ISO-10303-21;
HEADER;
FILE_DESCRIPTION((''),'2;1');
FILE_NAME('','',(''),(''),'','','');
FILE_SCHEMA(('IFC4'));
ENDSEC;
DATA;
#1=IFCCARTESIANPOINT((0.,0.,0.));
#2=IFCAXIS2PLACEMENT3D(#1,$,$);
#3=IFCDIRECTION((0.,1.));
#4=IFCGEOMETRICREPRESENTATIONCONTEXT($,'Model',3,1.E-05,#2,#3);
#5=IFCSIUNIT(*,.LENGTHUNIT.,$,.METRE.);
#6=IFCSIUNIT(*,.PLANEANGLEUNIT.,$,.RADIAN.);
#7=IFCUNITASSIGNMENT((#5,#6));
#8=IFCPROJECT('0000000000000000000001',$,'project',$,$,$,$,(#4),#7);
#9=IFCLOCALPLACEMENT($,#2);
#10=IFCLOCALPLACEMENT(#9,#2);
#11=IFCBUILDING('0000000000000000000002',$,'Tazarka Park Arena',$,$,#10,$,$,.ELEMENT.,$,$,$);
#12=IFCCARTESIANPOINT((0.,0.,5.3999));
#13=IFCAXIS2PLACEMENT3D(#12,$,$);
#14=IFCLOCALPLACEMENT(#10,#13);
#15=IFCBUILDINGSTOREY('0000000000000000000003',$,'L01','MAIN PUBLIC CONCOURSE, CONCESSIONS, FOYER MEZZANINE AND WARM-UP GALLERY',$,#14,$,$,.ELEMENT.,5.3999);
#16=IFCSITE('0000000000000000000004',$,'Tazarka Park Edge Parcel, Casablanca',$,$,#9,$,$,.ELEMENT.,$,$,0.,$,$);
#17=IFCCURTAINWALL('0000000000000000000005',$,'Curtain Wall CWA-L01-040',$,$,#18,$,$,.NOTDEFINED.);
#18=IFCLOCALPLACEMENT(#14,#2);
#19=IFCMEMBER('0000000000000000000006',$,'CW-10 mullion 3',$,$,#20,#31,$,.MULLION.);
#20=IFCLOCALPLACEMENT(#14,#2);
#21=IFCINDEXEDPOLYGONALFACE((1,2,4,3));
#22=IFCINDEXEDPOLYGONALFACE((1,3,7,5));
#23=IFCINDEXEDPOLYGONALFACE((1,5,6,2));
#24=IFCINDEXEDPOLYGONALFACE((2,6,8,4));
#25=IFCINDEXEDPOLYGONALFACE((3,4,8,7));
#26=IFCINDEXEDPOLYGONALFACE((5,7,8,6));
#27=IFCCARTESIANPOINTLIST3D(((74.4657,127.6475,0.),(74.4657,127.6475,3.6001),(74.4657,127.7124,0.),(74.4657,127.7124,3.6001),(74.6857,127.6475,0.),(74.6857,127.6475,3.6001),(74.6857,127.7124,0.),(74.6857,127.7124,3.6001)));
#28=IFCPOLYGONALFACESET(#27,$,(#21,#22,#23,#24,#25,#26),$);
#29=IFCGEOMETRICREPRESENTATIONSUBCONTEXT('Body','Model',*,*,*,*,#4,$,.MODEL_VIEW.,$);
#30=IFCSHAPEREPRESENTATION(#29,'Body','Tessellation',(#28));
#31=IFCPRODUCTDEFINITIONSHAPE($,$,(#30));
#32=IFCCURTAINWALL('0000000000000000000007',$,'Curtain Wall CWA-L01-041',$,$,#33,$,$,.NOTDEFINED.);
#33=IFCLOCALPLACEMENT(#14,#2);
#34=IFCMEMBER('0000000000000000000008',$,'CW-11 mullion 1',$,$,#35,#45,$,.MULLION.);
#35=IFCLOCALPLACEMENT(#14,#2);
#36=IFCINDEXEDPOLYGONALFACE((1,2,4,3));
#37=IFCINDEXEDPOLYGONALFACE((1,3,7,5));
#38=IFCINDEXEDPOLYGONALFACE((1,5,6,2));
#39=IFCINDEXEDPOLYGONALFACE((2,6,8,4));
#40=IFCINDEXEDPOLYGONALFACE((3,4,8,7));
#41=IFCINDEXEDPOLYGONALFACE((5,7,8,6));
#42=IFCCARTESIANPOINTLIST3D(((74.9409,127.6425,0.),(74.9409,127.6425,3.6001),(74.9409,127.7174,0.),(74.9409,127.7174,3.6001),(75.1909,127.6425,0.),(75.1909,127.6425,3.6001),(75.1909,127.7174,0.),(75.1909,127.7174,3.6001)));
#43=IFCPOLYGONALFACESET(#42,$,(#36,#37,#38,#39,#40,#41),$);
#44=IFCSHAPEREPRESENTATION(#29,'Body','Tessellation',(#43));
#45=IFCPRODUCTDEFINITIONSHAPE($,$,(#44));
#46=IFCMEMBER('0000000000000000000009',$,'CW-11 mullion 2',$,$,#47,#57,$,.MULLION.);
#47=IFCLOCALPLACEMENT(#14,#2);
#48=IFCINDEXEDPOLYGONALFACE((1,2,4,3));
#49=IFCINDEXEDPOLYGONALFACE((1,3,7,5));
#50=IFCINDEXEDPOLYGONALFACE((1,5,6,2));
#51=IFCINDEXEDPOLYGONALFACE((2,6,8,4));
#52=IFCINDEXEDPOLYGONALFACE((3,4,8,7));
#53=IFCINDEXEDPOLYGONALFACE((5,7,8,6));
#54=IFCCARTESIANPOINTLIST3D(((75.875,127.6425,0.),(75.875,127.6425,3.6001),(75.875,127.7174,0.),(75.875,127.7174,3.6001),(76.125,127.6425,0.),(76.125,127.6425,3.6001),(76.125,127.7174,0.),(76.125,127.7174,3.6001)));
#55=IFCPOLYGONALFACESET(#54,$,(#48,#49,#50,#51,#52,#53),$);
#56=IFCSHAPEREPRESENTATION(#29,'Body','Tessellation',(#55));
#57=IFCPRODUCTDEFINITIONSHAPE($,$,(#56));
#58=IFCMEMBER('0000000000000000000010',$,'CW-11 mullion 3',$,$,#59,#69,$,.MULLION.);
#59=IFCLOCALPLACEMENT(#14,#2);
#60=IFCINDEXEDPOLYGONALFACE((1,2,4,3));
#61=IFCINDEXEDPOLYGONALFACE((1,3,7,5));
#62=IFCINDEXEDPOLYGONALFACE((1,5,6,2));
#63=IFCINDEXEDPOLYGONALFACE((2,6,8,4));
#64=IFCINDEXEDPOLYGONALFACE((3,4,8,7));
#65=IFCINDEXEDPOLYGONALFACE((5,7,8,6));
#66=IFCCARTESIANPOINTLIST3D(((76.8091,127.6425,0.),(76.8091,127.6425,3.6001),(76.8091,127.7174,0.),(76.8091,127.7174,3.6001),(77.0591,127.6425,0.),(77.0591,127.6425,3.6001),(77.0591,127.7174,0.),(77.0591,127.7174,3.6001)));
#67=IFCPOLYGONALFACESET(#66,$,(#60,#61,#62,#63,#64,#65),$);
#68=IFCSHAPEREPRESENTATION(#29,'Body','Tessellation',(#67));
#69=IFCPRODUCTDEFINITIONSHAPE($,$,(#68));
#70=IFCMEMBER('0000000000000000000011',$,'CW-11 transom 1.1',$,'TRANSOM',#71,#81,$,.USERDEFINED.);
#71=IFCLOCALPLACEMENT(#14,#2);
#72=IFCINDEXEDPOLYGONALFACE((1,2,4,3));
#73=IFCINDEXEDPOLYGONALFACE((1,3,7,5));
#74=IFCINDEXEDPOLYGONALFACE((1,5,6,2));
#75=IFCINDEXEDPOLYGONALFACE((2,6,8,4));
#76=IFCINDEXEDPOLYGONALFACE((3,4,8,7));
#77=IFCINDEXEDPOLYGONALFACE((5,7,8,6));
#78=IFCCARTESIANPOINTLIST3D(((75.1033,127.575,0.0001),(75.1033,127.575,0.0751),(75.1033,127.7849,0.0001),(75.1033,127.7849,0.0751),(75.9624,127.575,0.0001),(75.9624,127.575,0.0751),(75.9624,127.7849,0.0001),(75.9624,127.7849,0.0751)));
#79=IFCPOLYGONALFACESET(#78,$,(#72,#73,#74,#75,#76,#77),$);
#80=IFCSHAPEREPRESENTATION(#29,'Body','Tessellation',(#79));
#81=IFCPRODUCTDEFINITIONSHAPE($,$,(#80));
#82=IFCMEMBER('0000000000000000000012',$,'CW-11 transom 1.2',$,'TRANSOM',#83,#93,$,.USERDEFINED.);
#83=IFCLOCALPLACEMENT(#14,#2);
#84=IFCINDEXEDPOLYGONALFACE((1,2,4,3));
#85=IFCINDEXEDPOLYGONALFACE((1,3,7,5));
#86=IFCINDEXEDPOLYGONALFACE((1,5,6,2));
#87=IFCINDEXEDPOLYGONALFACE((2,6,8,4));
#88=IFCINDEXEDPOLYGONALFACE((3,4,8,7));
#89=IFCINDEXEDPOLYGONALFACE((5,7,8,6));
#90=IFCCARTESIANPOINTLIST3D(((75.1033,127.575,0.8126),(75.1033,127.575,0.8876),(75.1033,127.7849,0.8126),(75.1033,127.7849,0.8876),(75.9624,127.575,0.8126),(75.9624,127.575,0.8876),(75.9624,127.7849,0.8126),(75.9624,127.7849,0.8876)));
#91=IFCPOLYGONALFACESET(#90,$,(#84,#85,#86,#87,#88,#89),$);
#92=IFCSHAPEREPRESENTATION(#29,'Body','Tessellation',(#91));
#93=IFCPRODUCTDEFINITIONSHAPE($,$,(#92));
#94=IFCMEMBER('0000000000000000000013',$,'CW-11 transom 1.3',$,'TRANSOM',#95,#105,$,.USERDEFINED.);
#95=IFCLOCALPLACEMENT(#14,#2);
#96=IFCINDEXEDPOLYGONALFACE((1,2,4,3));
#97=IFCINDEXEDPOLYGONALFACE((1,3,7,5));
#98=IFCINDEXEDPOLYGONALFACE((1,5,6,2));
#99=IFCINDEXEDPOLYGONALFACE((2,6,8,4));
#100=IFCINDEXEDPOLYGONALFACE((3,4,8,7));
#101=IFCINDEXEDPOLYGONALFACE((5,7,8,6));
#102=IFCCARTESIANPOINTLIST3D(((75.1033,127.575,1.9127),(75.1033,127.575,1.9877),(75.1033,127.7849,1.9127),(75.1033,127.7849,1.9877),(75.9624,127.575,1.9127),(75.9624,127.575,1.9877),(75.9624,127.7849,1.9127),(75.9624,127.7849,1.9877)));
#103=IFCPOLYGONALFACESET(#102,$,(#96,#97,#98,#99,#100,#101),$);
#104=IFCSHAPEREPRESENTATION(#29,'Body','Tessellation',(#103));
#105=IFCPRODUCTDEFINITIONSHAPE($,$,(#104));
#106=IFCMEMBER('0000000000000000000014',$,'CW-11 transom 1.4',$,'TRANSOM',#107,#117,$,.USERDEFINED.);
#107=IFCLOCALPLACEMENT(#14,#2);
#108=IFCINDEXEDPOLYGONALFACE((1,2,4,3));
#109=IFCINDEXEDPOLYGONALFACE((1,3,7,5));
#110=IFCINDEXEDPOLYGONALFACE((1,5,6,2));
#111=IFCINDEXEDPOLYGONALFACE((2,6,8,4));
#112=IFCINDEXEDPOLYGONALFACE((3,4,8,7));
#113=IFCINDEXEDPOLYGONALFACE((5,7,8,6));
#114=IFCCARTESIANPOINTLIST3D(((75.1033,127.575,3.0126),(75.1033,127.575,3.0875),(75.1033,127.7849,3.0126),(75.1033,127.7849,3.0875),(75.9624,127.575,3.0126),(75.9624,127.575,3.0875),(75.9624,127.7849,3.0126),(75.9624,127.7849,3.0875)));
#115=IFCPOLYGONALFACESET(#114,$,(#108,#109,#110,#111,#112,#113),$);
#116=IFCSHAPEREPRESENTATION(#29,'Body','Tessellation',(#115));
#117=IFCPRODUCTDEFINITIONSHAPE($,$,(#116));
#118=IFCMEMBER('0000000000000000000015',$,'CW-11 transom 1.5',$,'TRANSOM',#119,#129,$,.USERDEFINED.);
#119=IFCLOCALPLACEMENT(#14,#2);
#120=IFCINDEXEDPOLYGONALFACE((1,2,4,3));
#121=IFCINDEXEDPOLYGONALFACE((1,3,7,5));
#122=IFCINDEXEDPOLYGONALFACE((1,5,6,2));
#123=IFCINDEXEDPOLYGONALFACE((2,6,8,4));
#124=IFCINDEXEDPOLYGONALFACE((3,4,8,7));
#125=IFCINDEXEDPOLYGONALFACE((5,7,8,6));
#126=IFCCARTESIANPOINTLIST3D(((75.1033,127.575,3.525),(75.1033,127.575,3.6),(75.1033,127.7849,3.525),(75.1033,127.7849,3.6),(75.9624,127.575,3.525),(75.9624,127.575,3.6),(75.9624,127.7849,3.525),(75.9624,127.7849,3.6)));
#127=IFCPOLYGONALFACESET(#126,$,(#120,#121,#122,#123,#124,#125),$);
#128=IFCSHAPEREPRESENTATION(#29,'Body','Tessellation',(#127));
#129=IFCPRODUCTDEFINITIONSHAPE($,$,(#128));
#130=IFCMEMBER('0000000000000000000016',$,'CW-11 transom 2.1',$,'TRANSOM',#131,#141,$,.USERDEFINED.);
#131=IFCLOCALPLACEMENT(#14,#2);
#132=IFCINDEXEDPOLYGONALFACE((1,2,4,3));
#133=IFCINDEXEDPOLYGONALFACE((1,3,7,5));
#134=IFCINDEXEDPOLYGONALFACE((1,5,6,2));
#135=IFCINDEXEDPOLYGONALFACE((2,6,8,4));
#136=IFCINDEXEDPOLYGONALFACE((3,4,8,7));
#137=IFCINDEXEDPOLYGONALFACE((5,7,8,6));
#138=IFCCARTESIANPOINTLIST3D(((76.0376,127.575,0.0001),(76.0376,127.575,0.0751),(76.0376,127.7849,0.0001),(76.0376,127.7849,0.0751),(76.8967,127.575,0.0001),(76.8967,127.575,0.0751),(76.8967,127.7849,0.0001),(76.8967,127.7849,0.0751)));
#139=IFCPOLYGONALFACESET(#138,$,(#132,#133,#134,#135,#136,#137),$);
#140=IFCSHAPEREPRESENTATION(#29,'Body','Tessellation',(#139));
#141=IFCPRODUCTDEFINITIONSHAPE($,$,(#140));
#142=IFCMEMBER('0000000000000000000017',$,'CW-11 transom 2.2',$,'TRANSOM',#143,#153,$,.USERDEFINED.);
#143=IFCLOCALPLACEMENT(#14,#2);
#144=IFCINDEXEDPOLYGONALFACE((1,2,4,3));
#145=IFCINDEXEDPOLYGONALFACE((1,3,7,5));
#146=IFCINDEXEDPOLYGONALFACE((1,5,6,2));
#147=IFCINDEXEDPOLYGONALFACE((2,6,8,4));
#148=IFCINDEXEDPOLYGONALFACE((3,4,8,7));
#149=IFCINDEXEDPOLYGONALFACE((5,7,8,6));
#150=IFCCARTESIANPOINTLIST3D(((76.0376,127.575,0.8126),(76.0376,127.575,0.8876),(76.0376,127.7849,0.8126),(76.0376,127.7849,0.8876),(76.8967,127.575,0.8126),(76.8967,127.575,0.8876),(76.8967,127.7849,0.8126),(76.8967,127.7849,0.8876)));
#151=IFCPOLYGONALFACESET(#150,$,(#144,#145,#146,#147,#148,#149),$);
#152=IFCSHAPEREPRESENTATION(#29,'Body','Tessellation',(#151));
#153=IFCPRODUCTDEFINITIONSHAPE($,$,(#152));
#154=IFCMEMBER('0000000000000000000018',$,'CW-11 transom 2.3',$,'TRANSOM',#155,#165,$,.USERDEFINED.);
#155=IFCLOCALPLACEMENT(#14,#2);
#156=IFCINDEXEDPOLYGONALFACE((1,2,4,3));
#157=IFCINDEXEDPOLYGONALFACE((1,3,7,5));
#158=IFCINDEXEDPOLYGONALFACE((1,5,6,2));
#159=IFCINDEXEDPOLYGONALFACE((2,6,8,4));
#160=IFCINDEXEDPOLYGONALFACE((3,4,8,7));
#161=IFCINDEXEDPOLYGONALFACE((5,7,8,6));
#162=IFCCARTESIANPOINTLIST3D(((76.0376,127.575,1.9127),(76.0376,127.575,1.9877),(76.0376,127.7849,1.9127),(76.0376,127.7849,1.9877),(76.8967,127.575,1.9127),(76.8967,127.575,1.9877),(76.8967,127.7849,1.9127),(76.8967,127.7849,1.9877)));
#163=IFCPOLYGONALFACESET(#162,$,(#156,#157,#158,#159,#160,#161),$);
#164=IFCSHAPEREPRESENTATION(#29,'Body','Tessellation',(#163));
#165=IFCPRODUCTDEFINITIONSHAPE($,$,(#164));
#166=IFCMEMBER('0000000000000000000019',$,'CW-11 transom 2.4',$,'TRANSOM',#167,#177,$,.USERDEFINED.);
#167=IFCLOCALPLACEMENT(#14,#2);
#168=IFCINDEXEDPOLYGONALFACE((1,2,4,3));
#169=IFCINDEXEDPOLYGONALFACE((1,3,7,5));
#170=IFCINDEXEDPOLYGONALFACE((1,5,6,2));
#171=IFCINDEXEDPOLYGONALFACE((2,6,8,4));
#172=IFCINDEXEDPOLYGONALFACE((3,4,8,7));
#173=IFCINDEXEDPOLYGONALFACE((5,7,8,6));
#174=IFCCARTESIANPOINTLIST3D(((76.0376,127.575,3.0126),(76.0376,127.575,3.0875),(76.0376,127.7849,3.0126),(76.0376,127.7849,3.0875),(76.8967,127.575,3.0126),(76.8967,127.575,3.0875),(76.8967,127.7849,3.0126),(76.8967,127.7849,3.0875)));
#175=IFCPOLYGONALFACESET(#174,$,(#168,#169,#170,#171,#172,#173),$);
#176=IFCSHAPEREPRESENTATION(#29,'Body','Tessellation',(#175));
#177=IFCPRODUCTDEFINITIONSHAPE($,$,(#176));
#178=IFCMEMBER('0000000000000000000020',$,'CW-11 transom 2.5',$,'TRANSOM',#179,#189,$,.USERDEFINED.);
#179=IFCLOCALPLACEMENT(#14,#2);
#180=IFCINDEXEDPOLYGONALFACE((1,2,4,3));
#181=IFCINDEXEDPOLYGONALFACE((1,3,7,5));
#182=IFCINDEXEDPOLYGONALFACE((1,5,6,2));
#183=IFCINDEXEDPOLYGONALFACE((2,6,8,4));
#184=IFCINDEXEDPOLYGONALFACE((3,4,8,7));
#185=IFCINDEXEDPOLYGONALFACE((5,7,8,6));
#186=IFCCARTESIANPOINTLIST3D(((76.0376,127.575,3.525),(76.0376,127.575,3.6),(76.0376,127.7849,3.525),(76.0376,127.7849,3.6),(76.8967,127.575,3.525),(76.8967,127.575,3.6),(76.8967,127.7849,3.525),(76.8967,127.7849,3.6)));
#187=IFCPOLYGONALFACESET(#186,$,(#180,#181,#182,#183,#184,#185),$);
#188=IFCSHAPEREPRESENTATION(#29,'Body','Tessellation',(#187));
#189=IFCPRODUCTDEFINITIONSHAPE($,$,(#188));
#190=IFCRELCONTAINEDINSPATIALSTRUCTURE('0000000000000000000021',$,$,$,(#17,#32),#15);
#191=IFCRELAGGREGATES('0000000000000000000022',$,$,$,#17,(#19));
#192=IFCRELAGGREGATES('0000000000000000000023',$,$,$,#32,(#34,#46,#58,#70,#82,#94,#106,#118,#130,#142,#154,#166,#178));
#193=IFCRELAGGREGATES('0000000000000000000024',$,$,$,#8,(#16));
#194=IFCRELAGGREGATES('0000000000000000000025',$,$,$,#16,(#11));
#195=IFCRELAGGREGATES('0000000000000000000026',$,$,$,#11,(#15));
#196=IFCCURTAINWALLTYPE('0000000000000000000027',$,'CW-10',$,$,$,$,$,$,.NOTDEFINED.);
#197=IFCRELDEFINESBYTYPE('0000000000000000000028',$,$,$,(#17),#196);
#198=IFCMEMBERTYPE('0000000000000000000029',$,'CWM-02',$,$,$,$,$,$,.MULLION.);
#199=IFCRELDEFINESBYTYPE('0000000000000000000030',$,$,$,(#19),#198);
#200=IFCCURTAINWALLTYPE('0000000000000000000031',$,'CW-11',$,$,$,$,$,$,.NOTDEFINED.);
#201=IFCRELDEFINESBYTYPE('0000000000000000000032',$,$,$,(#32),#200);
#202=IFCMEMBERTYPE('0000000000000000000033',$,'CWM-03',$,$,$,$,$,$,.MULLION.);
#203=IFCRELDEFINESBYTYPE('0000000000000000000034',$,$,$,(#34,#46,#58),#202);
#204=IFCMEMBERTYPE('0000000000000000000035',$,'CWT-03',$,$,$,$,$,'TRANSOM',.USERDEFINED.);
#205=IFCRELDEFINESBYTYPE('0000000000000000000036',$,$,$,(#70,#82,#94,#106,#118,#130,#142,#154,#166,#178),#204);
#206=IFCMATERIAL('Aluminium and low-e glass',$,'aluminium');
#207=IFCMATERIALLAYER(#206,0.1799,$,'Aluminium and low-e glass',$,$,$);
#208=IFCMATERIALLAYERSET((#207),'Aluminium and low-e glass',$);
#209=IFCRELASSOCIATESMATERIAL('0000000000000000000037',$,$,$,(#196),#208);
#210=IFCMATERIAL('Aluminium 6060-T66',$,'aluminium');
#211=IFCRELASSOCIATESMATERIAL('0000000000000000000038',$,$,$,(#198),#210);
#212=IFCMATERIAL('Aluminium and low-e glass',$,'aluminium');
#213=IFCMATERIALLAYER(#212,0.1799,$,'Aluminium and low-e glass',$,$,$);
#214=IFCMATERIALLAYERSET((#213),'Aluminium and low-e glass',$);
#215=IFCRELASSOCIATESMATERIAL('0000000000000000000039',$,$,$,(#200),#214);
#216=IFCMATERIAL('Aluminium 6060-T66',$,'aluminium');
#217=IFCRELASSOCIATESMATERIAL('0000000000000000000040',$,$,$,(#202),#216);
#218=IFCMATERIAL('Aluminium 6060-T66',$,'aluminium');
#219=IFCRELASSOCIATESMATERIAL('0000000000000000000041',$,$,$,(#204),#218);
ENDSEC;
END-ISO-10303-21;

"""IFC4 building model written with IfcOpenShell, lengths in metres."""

from ifc_helpers import new_model, si_unit, direction, frame, origin, origin_2d, place, context, subcontext, project, spatial, rectangle, extrude, material, layer, layer_set, material_profile, profile_set, type_object, element, aggregate, save


model = new_model("IFC4")

# Units and contexts
model_context = context("Model", 3, precision=1e-05, world=origin(), true_north=direction((0.0, 1.0)))
body_context = subcontext(model_context, "Body", "Model", "MODEL_VIEW")
ifc_project = project(units=[si_unit("LENGTHUNIT", "METRE"), si_unit("PLANEANGLEUNIT", "RADIAN")], contexts=[model_context])

# Site, building, storey
site_placement = place(None, origin())
site = spatial("IfcSite", under=ifc_project, at=site_placement, Name="Tazarka Park Edge Parcel, Casablanca", CompositionType="ELEMENT", RefElevation=0.0)
building_placement = place(site_placement, origin())
building = spatial("IfcBuilding", under=site, at=building_placement, Name="Tazarka Park Arena", CompositionType="ELEMENT")
storey_placement = place(building_placement, frame((0.0, 0.0, 5.3999)))
storey = spatial("IfcBuildingStorey", under=building, at=storey_placement, Name="L01", Description="MAIN PUBLIC CONCOURSE, CONCESSIONS, FOYER MEZZANINE AND WARM-UP GALLERY", CompositionType="ELEMENT", Elevation=5.3999)

# Curtain wall, member
ifc_material_1 = material(Name="Aluminium and low-e glass", Category="aluminium")
ifc_layer_1 = layer(ifc_material_1, 0.1799, Name="Aluminium and low-e glass")
ifc_layer_set_1 = layer_set([ifc_layer_1], Name="Aluminium and low-e glass")
curtain_wall_type_1 = type_object("IfcCurtainWallType", Name="CW-10", PredefinedType="NOTDEFINED", material=ifc_layer_set_1)
curtain_wall_1_placement = place(storey_placement, origin())
curtain_wall_1 = element("IfcCurtainWall", 1, at=curtain_wall_1_placement, inside=storey, type_object=curtain_wall_type_1, Name="Curtain Wall CWA-L01-040", PredefinedType="NOTDEFINED")
ifc_material_2 = material(Name="Aluminium 6060-T66", Category="aluminium")
ifc_material_profile_1 = material_profile(ifc_material_2, rectangle(XDim=0.0649, YDim=0.22, at=origin_2d()), Name="Aluminium 6060-T66")
ifc_profile_set_1 = profile_set([ifc_material_profile_1], Name="Aluminium 6060-T66")
member_type_1 = type_object("IfcMemberType", Name="CWM-02", PredefinedType="MULLION", material=ifc_profile_set_1)
member_1_placement = place(storey_placement, frame((74.5757, 127.6799, 0.0), z_axis=(0.0, 0.0, 1.0), x_axis=(0.0, 1.0, 0.0)))
member_1 = element("IfcMember", 2, at=member_1_placement, type_object=member_type_1, Name="CW-10 mullion 3", PredefinedType="MULLION", context=body_context, shape_type="SweptSolid", body=[
    extrude(rectangle(XDim=0.0649, YDim=0.22, at=origin_2d()), origin(), (0.0, 0.0, 1.0), 3.6001),
])

# Curtain wall, members
ifc_material_3 = material(Name="Aluminium and low-e glass", Category="aluminium")
ifc_layer_2 = layer(ifc_material_3, 0.1799, Name="Aluminium and low-e glass")
ifc_layer_set_2 = layer_set([ifc_layer_2], Name="Aluminium and low-e glass")
curtain_wall_type_2 = type_object("IfcCurtainWallType", Name="CW-11", PredefinedType="NOTDEFINED", material=ifc_layer_set_2)
curtain_wall_2_placement = place(storey_placement, origin())
curtain_wall_2 = element("IfcCurtainWall", 3, at=curtain_wall_2_placement, inside=storey, type_object=curtain_wall_type_2, Name="Curtain Wall CWA-L01-041", PredefinedType="NOTDEFINED")
ifc_material_4 = material(Name="Aluminium 6060-T66", Category="aluminium")
ifc_material_profile_2 = material_profile(ifc_material_4, rectangle(XDim=0.075, YDim=0.25, at=origin_2d()), Name="Aluminium 6060-T66")
ifc_profile_set_2 = profile_set([ifc_material_profile_2], Name="Aluminium 6060-T66")
member_type_2 = type_object("IfcMemberType", Name="CWM-03", PredefinedType="MULLION", material=ifc_profile_set_2)
member_2_placement = place(storey_placement, frame((75.0659, 127.6799, 0.0), z_axis=(0.0, 0.0, 1.0), x_axis=(0.0, 1.0, 0.0)))
member_2 = element("IfcMember", 4, at=member_2_placement, type_object=member_type_2, Name="CW-11 mullion 1", PredefinedType="MULLION", context=body_context, shape_type="SweptSolid", body=[
    extrude(rectangle(XDim=0.075, YDim=0.25, at=origin_2d()), origin(), (0.0, 0.0, 1.0), 3.6001),
])
member_3_placement = place(storey_placement, frame((76.0, 127.6799, 0.0), z_axis=(0.0, 0.0, 1.0), x_axis=(0.0, 1.0, 0.0)))
member_3 = element("IfcMember", 5, at=member_3_placement, type_object=member_type_2, Name="CW-11 mullion 2", PredefinedType="MULLION", context=body_context, shape_type="SweptSolid", body=[
    extrude(rectangle(XDim=0.075, YDim=0.25, at=origin_2d()), origin(), (0.0, 0.0, 1.0), 3.6001),
])
member_4_placement = place(storey_placement, frame((76.9341, 127.6799, 0.0), z_axis=(0.0, 0.0, 1.0), x_axis=(0.0, 1.0, 0.0)))
member_4 = element("IfcMember", 6, at=member_4_placement, type_object=member_type_2, Name="CW-11 mullion 3", PredefinedType="MULLION", context=body_context, shape_type="SweptSolid", body=[
    extrude(rectangle(XDim=0.075, YDim=0.25, at=origin_2d()), origin(), (0.0, 0.0, 1.0), 3.6001),
])
ifc_material_5 = material(Name="Aluminium 6060-T66", Category="aluminium")
ifc_material_profile_3 = material_profile(ifc_material_5, rectangle(XDim=0.21, YDim=0.075, at=origin_2d()), Name="Aluminium 6060-T66")
ifc_profile_set_3 = profile_set([ifc_material_profile_3], Name="Aluminium 6060-T66")
member_type_3 = type_object("IfcMemberType", Name="CWT-03", ElementType="TRANSOM", PredefinedType="USERDEFINED", material=ifc_profile_set_3)
member_5_placement = place(storey_placement, frame((75.1033, 127.6799, 0.0376), z_axis=(1.0, 0.0, 0.0), x_axis=(0.0, 1.0, 0.0)))
member_5 = element("IfcMember", 7, at=member_5_placement, type_object=member_type_3, Name="CW-11 transom 1.1", ObjectType="TRANSOM", PredefinedType="USERDEFINED", context=body_context, shape_type="SweptSolid", body=[
    extrude(rectangle(XDim=0.21, YDim=0.075, at=origin_2d()), origin(), (0.0, 0.0, 1.0), 0.8591),
])
member_6_placement = place(storey_placement, frame((75.1033, 127.6799, 0.8501), z_axis=(1.0, 0.0, 0.0), x_axis=(0.0, 1.0, 0.0)))
member_6 = element("IfcMember", 8, at=member_6_placement, type_object=member_type_3, Name="CW-11 transom 1.2", ObjectType="TRANSOM", PredefinedType="USERDEFINED", context=body_context, shape_type="SweptSolid", body=[
    extrude(rectangle(XDim=0.21, YDim=0.075, at=origin_2d()), origin(), (0.0, 0.0, 1.0), 0.8591),
])
member_7_placement = place(storey_placement, frame((75.1033, 127.6799, 1.9502), z_axis=(1.0, 0.0, 0.0), x_axis=(0.0, 1.0, 0.0)))
member_7 = element("IfcMember", 9, at=member_7_placement, type_object=member_type_3, Name="CW-11 transom 1.3", ObjectType="TRANSOM", PredefinedType="USERDEFINED", context=body_context, shape_type="SweptSolid", body=[
    extrude(rectangle(XDim=0.21, YDim=0.075, at=origin_2d()), origin(), (0.0, 0.0, 1.0), 0.8591),
])
member_8_placement = place(storey_placement, frame((75.1033, 127.6799, 3.05), z_axis=(1.0, 0.0, 0.0), x_axis=(0.0, 1.0, 0.0)))
member_8 = element("IfcMember", 10, at=member_8_placement, type_object=member_type_3, Name="CW-11 transom 1.4", ObjectType="TRANSOM", PredefinedType="USERDEFINED", context=body_context, shape_type="SweptSolid", body=[
    extrude(rectangle(XDim=0.21, YDim=0.075, at=origin_2d()), origin(), (0.0, 0.0, 1.0), 0.8591),
])
member_9_placement = place(storey_placement, frame((75.1033, 127.6799, 3.5625), z_axis=(1.0, 0.0, 0.0), x_axis=(0.0, 1.0, 0.0)))
member_9 = element("IfcMember", 11, at=member_9_placement, type_object=member_type_3, Name="CW-11 transom 1.5", ObjectType="TRANSOM", PredefinedType="USERDEFINED", context=body_context, shape_type="SweptSolid", body=[
    extrude(rectangle(XDim=0.21, YDim=0.075, at=origin_2d()), origin(), (0.0, 0.0, 1.0), 0.8591),
])
member_10_placement = place(storey_placement, frame((76.0376, 127.6799, 0.0376), z_axis=(1.0, 0.0, 0.0), x_axis=(0.0, 1.0, 0.0)))
member_10 = element("IfcMember", 12, at=member_10_placement, type_object=member_type_3, Name="CW-11 transom 2.1", ObjectType="TRANSOM", PredefinedType="USERDEFINED", context=body_context, shape_type="SweptSolid", body=[
    extrude(rectangle(XDim=0.21, YDim=0.075, at=origin_2d()), origin(), (0.0, 0.0, 1.0), 0.8591),
])
member_11_placement = place(storey_placement, frame((76.0376, 127.6799, 0.8501), z_axis=(1.0, 0.0, 0.0), x_axis=(0.0, 1.0, 0.0)))
member_11 = element("IfcMember", 13, at=member_11_placement, type_object=member_type_3, Name="CW-11 transom 2.2", ObjectType="TRANSOM", PredefinedType="USERDEFINED", context=body_context, shape_type="SweptSolid", body=[
    extrude(rectangle(XDim=0.21, YDim=0.075, at=origin_2d()), origin(), (0.0, 0.0, 1.0), 0.8591),
])
member_12_placement = place(storey_placement, frame((76.0376, 127.6799, 1.9502), z_axis=(1.0, 0.0, 0.0), x_axis=(0.0, 1.0, 0.0)))
member_12 = element("IfcMember", 14, at=member_12_placement, type_object=member_type_3, Name="CW-11 transom 2.3", ObjectType="TRANSOM", PredefinedType="USERDEFINED", context=body_context, shape_type="SweptSolid", body=[
    extrude(rectangle(XDim=0.21, YDim=0.075, at=origin_2d()), origin(), (0.0, 0.0, 1.0), 0.8591),
])
member_13_placement = place(storey_placement, frame((76.0376, 127.6799, 3.05), z_axis=(1.0, 0.0, 0.0), x_axis=(0.0, 1.0, 0.0)))
member_13 = element("IfcMember", 15, at=member_13_placement, type_object=member_type_3, Name="CW-11 transom 2.4", ObjectType="TRANSOM", PredefinedType="USERDEFINED", context=body_context, shape_type="SweptSolid", body=[
    extrude(rectangle(XDim=0.21, YDim=0.075, at=origin_2d()), origin(), (0.0, 0.0, 1.0), 0.8591),
])
member_14_placement = place(storey_placement, frame((76.0376, 127.6799, 3.5625), z_axis=(1.0, 0.0, 0.0), x_axis=(0.0, 1.0, 0.0)))
member_14 = element("IfcMember", 16, at=member_14_placement, type_object=member_type_3, Name="CW-11 transom 2.5", ObjectType="TRANSOM", PredefinedType="USERDEFINED", context=body_context, shape_type="SweptSolid", body=[
    extrude(rectangle(XDim=0.21, YDim=0.075, at=origin_2d()), origin(), (0.0, 0.0, 1.0), 0.8591),
])

aggregate(curtain_wall_1, [member_1])
aggregate(curtain_wall_2, [member_2, member_3, member_4, member_5, member_6, member_7, member_8, member_9, member_10, member_11, member_12, member_13, member_14])

save(model, "model.ifc")
